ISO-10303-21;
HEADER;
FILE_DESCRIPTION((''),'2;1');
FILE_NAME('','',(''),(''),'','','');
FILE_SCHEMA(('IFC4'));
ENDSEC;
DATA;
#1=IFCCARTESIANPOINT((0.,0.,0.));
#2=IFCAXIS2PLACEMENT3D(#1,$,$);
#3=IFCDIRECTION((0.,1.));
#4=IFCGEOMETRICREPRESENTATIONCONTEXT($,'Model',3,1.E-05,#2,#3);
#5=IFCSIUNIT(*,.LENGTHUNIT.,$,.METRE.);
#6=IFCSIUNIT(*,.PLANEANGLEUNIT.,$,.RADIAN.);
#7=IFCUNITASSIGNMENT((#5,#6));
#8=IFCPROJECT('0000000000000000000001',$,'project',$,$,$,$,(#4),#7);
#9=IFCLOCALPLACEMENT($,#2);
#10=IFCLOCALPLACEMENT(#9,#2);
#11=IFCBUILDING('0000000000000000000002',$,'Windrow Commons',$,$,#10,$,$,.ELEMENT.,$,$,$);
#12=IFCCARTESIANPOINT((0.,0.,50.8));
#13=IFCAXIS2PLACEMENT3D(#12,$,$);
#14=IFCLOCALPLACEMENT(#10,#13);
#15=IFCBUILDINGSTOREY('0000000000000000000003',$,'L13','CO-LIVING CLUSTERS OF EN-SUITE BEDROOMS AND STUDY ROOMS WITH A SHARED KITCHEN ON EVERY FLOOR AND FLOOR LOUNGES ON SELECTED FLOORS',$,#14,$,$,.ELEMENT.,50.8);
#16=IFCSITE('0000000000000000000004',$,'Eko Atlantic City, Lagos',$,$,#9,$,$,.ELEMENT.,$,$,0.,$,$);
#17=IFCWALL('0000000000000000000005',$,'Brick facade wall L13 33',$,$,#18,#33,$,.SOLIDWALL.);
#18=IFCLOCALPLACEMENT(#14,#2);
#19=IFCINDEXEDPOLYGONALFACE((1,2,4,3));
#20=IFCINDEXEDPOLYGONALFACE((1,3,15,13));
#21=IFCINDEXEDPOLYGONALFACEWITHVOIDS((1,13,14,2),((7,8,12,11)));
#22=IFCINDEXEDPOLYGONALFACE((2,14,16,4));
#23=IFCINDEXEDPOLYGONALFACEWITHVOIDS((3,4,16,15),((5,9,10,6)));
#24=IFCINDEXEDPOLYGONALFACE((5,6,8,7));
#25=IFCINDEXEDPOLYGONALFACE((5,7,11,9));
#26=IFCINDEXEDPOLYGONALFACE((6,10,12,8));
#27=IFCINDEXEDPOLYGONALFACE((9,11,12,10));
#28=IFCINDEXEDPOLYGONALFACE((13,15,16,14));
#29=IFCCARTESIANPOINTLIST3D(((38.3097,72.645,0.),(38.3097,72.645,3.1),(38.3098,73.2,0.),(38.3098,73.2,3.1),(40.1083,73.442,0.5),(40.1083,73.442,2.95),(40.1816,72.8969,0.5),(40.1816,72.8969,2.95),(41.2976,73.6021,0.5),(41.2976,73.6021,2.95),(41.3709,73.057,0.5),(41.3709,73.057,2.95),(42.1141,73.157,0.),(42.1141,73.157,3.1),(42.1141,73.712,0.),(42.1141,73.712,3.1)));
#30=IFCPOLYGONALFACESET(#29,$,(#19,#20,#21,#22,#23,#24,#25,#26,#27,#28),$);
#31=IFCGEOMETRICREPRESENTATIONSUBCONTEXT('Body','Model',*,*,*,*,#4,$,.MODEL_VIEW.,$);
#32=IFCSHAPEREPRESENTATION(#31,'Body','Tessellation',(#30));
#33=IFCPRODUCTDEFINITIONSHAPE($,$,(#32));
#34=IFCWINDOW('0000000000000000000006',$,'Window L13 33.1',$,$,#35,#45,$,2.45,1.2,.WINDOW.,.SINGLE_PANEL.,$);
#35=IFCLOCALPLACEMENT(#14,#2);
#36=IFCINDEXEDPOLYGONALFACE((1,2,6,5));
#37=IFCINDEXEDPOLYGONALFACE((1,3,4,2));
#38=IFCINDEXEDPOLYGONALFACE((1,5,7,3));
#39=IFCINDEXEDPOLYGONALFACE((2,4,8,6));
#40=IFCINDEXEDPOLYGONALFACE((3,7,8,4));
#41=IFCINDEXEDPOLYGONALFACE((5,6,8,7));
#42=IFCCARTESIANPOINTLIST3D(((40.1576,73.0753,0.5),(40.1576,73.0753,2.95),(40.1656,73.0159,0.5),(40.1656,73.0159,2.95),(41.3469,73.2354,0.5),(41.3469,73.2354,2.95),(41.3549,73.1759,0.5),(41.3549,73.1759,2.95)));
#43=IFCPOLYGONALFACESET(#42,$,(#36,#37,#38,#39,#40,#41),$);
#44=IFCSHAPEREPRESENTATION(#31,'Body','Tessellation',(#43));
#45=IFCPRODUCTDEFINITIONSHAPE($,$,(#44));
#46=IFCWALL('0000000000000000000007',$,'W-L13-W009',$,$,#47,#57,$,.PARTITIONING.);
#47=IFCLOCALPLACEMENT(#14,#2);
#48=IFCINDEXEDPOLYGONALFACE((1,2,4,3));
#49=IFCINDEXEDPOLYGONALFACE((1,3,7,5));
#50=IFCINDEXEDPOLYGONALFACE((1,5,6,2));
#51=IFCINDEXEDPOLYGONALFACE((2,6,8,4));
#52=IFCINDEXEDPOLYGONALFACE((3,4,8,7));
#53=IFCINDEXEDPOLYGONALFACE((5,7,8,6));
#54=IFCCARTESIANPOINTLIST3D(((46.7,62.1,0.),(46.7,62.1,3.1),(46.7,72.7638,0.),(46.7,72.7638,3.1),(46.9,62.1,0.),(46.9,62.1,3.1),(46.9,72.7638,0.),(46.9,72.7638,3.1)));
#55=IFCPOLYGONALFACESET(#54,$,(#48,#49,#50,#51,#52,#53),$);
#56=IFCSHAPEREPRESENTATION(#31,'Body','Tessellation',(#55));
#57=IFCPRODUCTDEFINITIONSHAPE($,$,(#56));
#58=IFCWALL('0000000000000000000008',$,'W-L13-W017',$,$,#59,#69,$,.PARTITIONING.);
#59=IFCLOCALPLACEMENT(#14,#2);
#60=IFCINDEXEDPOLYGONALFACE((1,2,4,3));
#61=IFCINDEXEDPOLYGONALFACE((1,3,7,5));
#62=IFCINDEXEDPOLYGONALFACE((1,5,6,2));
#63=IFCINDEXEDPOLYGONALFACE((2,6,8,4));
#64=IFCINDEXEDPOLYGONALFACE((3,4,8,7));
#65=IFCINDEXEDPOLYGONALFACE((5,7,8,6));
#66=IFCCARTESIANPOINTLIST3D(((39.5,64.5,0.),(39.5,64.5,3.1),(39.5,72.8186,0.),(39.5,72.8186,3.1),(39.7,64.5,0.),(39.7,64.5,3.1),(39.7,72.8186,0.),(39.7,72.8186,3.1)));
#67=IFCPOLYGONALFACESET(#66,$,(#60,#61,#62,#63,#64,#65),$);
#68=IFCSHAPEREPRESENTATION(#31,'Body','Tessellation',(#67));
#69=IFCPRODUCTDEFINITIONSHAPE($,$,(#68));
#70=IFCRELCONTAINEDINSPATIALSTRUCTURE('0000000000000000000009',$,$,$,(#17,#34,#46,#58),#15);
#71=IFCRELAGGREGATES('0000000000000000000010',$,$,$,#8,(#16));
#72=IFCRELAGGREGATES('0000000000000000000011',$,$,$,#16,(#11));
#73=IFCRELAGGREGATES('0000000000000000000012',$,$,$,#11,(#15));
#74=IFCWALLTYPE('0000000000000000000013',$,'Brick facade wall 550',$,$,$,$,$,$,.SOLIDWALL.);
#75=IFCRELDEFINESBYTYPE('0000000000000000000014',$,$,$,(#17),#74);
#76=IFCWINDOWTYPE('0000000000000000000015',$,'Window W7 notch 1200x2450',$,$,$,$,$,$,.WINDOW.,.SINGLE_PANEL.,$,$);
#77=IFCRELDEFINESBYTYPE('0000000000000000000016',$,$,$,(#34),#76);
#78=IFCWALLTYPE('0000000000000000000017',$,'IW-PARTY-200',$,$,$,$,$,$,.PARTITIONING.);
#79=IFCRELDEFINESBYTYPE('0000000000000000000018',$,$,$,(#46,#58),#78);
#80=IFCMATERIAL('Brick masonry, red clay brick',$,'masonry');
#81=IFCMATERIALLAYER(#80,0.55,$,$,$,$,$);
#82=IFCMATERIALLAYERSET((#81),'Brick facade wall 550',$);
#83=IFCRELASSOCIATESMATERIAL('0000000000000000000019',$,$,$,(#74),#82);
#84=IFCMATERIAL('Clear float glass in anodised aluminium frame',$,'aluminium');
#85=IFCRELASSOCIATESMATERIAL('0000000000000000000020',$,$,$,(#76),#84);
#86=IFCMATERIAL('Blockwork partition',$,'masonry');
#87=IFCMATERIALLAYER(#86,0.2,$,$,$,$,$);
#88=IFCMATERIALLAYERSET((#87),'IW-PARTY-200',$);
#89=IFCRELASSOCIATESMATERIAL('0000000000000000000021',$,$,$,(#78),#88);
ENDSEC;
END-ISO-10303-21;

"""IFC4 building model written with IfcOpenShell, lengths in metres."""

from ifc_helpers import new_model, si_unit, direction, frame, frame_2d, origin, place, context, subcontext, project, spatial, polyline, rectangle, outline, extrude, material, layer, layer_set, type_object, element, fill, save


model = new_model("IFC4")

# Units and contexts
model_context = context("Model", 3, precision=1e-05, world=origin(), true_north=direction((0.0, 1.0)))
body_context = subcontext(model_context, "Body", "Model", "MODEL_VIEW")
ifc_project = project(units=[si_unit("LENGTHUNIT", "METRE"), si_unit("PLANEANGLEUNIT", "RADIAN")], contexts=[model_context])

# Site, building, storey
site_placement = place(None, origin())
site = spatial("IfcSite", under=ifc_project, at=site_placement, Name="Eko Atlantic City, Lagos", CompositionType="ELEMENT", RefElevation=0.0)
building_placement = place(site_placement, origin())
building = spatial("IfcBuilding", under=site, at=building_placement, Name="Windrow Commons", CompositionType="ELEMENT")
storey_placement = place(building_placement, frame((0.0, 0.0, 50.8)))
storey = spatial("IfcBuildingStorey", under=building, at=storey_placement, Name="L13", Description="CO-LIVING CLUSTERS OF EN-SUITE BEDROOMS AND STUDY ROOMS WITH A SHARED KITCHEN ON EVERY FLOOR AND FLOOR LOUNGES ON SELECTED FLOORS", CompositionType="ELEMENT", Elevation=50.8)

# Wall, opening, window
ifc_material_1 = material(Name="Brick masonry, red clay brick", Category="masonry")
ifc_layer_1 = layer(ifc_material_1, 0.55)
ifc_layer_set_1 = layer_set([ifc_layer_1], Name="Brick facade wall 550")
wall_type_1 = type_object("IfcWallType", Name="Brick facade wall 550", PredefinedType="SOLIDWALL", material=ifc_layer_set_1)
ifc_material_2 = material(Name="Clear float glass in anodised aluminium frame", Category="aluminium")
window_type = type_object("IfcWindowType", Name="Window W7 notch 1200x2450", PartitioningType="SINGLE_PANEL", PredefinedType="WINDOW", material=ifc_material_2)
wall_1_placement = place(storey_placement, frame((42.1141, 73.4345, 0.0), z_axis=(0.0, 0.0, 1.0), x_axis=(-0.991065, -0.133382, 0.0)))
wall_1 = element("IfcWall", 1, at=wall_1_placement, inside=storey, type_object=wall_type_1, Name="Brick facade wall L13 33", PredefinedType="SOLIDWALL", context=body_context, shape_type="SweptSolid", body=[
    extrude(outline(polyline([(-0.037, -0.275), (3.8016, -0.275), (3.8757, 0.275), (0.037, 0.275), (-0.037, -0.275)])), origin(), (0.0, 0.0, 1.0), 3.1),
])
opening_1_placement = place(wall_1_placement, frame((0.7869, 0.0, 0.5)))
opening_1 = element("IfcOpeningElement", 2, at=opening_1_placement, cuts=wall_1, PredefinedType="OPENING", context=body_context, shape_type="SweptSolid", body=[
    extrude(rectangle(XDim=1.2, YDim=2.45, at=frame_2d((0.6, 1.225))), frame((0.0, 0.285, 0.0), z_axis=(0.0, -1.0, 0.0), x_axis=(1.0, 0.0, 0.0)), (0.0, 0.0, 1.0), 0.57),
])
window_1_placement = place(opening_1_placement, origin())
window_1 = element("IfcWindow", 3, at=window_1_placement, inside=storey, type_object=window_type, Name="Window L13 33.1", OverallHeight=2.45, OverallWidth=1.2, PartitioningType="SINGLE_PANEL", PredefinedType="WINDOW", context=body_context, shape_type="SweptSolid", body=[
    extrude(rectangle(XDim=1.2, YDim=2.45, at=frame_2d((0.6, 1.225))), frame((0.0, 0.155, 0.0), z_axis=(0.0, -1.0, 0.0), x_axis=(1.0, 0.0, 0.0)), (0.0, 0.0, 1.0), 0.06),
])
fill(opening_1, window_1)

# Walls
ifc_material_3 = material(Name="Blockwork partition", Category="masonry")
ifc_layer_2 = layer(ifc_material_3, 0.2)
ifc_layer_set_2 = layer_set([ifc_layer_2], Name="IW-PARTY-200")
wall_type_2 = type_object("IfcWallType", Name="IW-PARTY-200", PredefinedType="PARTITIONING", material=ifc_layer_set_2)
wall_2_placement = place(storey_placement, frame((46.8, 62.1, 0.0), z_axis=(0.0, 0.0, 1.0), x_axis=(0.0, 1.0, 0.0)))
element("IfcWall", 4, at=wall_2_placement, inside=storey, type_object=wall_type_2, Name="W-L13-W009", PredefinedType="PARTITIONING", context=body_context, shape_type="SweptSolid", body=[
    extrude(rectangle(XDim=10.6637, YDim=0.2, at=frame_2d((5.3319, 0.0))), origin(), (0.0, 0.0, 1.0), 3.1),
])
wall_3_placement = place(storey_placement, frame((39.6, 64.5, 0.0), z_axis=(0.0, 0.0, 1.0), x_axis=(0.0, 1.0, 0.0)))
element("IfcWall", 5, at=wall_3_placement, inside=storey, type_object=wall_type_2, Name="W-L13-W017", PredefinedType="PARTITIONING", context=body_context, shape_type="SweptSolid", body=[
    extrude(rectangle(XDim=8.3187, YDim=0.2, at=frame_2d((4.1593, 0.0))), origin(), (0.0, 0.0, 1.0), 3.1),
])

save(model, "model.ifc")
